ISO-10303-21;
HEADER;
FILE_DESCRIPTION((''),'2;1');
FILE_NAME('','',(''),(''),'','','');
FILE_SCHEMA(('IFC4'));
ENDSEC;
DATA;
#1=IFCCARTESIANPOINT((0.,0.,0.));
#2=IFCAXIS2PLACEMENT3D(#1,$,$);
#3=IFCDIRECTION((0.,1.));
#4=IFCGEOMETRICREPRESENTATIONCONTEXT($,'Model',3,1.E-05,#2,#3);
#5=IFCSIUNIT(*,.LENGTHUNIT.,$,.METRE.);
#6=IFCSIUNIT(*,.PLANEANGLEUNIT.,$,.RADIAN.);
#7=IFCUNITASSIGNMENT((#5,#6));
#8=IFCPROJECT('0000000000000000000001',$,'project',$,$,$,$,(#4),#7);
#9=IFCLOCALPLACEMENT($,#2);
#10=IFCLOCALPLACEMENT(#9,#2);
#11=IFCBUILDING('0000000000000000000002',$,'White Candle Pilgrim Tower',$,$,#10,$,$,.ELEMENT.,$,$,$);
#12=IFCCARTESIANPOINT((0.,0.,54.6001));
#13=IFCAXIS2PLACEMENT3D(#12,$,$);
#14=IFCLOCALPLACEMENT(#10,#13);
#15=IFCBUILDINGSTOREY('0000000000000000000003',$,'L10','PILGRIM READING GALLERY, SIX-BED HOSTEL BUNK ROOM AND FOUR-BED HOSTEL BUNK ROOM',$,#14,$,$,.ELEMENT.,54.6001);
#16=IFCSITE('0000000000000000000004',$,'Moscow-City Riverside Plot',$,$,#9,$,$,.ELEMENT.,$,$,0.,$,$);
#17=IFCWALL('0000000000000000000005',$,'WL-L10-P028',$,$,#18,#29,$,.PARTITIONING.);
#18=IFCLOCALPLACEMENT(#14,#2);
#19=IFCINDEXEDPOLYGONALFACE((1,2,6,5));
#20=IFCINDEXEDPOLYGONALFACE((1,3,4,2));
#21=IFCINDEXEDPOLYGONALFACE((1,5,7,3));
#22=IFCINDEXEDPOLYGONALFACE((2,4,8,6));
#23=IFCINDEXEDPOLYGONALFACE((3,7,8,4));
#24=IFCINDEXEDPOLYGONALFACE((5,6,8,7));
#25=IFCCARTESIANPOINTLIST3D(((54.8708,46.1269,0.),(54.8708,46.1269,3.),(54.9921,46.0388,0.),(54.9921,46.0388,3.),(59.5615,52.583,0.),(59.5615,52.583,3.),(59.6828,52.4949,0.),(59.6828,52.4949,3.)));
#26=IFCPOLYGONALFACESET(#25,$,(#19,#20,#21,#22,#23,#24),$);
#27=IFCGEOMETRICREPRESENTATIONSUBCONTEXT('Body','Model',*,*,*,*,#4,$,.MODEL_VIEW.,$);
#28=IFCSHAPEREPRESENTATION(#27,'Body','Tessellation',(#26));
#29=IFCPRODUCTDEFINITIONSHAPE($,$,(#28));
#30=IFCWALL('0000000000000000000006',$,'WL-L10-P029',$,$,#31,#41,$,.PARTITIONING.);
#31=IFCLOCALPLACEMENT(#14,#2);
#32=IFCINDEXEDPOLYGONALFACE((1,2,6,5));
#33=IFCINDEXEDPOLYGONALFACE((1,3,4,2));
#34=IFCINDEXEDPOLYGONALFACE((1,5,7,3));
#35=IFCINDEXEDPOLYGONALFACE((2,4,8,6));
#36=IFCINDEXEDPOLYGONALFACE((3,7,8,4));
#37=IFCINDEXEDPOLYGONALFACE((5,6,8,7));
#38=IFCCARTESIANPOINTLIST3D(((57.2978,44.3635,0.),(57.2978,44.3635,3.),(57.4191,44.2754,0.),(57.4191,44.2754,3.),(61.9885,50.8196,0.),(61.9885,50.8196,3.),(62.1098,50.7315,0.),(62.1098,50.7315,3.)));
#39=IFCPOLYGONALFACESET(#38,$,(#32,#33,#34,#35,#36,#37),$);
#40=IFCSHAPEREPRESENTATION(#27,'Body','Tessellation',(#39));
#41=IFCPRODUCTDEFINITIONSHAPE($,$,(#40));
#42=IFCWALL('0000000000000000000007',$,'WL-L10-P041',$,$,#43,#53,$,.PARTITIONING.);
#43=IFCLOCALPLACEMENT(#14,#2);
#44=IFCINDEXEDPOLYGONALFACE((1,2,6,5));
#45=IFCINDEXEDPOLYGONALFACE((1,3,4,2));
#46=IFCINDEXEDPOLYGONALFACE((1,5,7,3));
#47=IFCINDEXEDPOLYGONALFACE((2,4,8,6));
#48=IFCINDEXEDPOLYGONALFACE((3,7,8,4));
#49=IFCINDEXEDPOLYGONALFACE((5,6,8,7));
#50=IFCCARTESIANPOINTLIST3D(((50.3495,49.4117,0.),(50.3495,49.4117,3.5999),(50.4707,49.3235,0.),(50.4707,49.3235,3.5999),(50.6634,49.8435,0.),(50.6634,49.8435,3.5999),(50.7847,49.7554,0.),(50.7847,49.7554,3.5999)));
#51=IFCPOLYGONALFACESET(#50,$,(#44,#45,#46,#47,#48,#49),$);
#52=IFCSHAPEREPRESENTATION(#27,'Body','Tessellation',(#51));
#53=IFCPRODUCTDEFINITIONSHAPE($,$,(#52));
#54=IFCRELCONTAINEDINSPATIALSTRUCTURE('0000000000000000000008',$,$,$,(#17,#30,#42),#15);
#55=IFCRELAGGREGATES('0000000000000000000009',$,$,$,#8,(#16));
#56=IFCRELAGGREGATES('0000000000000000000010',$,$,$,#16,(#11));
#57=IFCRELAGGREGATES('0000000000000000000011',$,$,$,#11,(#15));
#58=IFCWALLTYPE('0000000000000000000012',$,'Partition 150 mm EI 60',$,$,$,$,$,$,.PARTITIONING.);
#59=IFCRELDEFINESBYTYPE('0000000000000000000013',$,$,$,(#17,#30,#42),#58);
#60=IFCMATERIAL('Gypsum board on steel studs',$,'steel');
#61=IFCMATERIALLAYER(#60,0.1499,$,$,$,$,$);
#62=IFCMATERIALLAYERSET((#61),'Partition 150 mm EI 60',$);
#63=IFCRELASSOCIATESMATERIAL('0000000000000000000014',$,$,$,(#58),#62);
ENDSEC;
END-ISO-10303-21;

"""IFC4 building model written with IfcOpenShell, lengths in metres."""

from ifc_helpers import new_model, si_unit, direction, frame, frame_2d, origin, place, context, subcontext, project, spatial, rectangle, extrude, material, layer, layer_set, type_object, element, save


model = new_model("IFC4")

# Units and contexts
model_context = context("Model", 3, precision=1e-05, world=origin(), true_north=direction((0.0, 1.0)))
body_context = subcontext(model_context, "Body", "Model", "MODEL_VIEW")
ifc_project = project(units=[si_unit("LENGTHUNIT", "METRE"), si_unit("PLANEANGLEUNIT", "RADIAN")], contexts=[model_context])

# Site, building, storey
site_placement = place(None, origin())
site = spatial("IfcSite", under=ifc_project, at=site_placement, Name="Moscow-City Riverside Plot", CompositionType="ELEMENT", RefElevation=0.0)
building_placement = place(site_placement, origin())
building = spatial("IfcBuilding", under=site, at=building_placement, Name="White Candle Pilgrim Tower", CompositionType="ELEMENT")
storey_placement = place(building_placement, frame((0.0, 0.0, 54.6001)))
storey = spatial("IfcBuildingStorey", under=building, at=storey_placement, Name="L10", Description="PILGRIM READING GALLERY, SIX-BED HOSTEL BUNK ROOM AND FOUR-BED HOSTEL BUNK ROOM", CompositionType="ELEMENT", Elevation=54.6001)

# Walls
ifc_material_1 = material(Name="Gypsum board on steel studs", Category="steel")
ifc_layer_1 = layer(ifc_material_1, 0.1499)
ifc_layer_set_1 = layer_set([ifc_layer_1], Name="Partition 150 mm EI 60")
wall_type_1 = type_object("IfcWallType", Name="Partition 150 mm EI 60", PredefinedType="PARTITIONING", material=ifc_layer_set_1)
for number, where, z_axis, x_axis, name in (
    (1, (54.9314, 46.0828, 0.0), (0.0, 0.0, 1.0), (0.587791, 0.809012, 0.0), "WL-L10-P028"),
    (2, (57.3584, 44.3193, 0.0), (0.0, 0.0, 1.0), (0.587791, 0.809012, 0.0), "WL-L10-P029"),
):
    element("IfcWall", number, at=place(storey_placement, frame(where, z_axis=z_axis, x_axis=x_axis)), inside=storey, type_object=wall_type_1, Name=name, PredefinedType="PARTITIONING", context=body_context, shape_type="SweptSolid", body=[
        extrude(rectangle(XDim=7.9802, YDim=0.1499, at=frame_2d((3.9902, 0.0))), origin(), (0.0, 0.0, 1.0), 3.0),
    ])
wall_1_placement = place(storey_placement, frame((50.7241, 49.7996, 0.0), z_axis=(0.0, 0.0, 1.0), x_axis=(-0.588009, -0.808855, 0.0)))
element("IfcWall", 3, at=wall_1_placement, inside=storey, type_object=wall_type_1, Name="WL-L10-P041", PredefinedType="PARTITIONING", context=body_context, shape_type="SweptSolid", body=[
    extrude(rectangle(XDim=0.5339, YDim=0.1499, at=frame_2d((0.2671, 0.0))), origin(), (0.0, 0.0, 1.0), 3.5999),
])

save(model, "model.ifc")
